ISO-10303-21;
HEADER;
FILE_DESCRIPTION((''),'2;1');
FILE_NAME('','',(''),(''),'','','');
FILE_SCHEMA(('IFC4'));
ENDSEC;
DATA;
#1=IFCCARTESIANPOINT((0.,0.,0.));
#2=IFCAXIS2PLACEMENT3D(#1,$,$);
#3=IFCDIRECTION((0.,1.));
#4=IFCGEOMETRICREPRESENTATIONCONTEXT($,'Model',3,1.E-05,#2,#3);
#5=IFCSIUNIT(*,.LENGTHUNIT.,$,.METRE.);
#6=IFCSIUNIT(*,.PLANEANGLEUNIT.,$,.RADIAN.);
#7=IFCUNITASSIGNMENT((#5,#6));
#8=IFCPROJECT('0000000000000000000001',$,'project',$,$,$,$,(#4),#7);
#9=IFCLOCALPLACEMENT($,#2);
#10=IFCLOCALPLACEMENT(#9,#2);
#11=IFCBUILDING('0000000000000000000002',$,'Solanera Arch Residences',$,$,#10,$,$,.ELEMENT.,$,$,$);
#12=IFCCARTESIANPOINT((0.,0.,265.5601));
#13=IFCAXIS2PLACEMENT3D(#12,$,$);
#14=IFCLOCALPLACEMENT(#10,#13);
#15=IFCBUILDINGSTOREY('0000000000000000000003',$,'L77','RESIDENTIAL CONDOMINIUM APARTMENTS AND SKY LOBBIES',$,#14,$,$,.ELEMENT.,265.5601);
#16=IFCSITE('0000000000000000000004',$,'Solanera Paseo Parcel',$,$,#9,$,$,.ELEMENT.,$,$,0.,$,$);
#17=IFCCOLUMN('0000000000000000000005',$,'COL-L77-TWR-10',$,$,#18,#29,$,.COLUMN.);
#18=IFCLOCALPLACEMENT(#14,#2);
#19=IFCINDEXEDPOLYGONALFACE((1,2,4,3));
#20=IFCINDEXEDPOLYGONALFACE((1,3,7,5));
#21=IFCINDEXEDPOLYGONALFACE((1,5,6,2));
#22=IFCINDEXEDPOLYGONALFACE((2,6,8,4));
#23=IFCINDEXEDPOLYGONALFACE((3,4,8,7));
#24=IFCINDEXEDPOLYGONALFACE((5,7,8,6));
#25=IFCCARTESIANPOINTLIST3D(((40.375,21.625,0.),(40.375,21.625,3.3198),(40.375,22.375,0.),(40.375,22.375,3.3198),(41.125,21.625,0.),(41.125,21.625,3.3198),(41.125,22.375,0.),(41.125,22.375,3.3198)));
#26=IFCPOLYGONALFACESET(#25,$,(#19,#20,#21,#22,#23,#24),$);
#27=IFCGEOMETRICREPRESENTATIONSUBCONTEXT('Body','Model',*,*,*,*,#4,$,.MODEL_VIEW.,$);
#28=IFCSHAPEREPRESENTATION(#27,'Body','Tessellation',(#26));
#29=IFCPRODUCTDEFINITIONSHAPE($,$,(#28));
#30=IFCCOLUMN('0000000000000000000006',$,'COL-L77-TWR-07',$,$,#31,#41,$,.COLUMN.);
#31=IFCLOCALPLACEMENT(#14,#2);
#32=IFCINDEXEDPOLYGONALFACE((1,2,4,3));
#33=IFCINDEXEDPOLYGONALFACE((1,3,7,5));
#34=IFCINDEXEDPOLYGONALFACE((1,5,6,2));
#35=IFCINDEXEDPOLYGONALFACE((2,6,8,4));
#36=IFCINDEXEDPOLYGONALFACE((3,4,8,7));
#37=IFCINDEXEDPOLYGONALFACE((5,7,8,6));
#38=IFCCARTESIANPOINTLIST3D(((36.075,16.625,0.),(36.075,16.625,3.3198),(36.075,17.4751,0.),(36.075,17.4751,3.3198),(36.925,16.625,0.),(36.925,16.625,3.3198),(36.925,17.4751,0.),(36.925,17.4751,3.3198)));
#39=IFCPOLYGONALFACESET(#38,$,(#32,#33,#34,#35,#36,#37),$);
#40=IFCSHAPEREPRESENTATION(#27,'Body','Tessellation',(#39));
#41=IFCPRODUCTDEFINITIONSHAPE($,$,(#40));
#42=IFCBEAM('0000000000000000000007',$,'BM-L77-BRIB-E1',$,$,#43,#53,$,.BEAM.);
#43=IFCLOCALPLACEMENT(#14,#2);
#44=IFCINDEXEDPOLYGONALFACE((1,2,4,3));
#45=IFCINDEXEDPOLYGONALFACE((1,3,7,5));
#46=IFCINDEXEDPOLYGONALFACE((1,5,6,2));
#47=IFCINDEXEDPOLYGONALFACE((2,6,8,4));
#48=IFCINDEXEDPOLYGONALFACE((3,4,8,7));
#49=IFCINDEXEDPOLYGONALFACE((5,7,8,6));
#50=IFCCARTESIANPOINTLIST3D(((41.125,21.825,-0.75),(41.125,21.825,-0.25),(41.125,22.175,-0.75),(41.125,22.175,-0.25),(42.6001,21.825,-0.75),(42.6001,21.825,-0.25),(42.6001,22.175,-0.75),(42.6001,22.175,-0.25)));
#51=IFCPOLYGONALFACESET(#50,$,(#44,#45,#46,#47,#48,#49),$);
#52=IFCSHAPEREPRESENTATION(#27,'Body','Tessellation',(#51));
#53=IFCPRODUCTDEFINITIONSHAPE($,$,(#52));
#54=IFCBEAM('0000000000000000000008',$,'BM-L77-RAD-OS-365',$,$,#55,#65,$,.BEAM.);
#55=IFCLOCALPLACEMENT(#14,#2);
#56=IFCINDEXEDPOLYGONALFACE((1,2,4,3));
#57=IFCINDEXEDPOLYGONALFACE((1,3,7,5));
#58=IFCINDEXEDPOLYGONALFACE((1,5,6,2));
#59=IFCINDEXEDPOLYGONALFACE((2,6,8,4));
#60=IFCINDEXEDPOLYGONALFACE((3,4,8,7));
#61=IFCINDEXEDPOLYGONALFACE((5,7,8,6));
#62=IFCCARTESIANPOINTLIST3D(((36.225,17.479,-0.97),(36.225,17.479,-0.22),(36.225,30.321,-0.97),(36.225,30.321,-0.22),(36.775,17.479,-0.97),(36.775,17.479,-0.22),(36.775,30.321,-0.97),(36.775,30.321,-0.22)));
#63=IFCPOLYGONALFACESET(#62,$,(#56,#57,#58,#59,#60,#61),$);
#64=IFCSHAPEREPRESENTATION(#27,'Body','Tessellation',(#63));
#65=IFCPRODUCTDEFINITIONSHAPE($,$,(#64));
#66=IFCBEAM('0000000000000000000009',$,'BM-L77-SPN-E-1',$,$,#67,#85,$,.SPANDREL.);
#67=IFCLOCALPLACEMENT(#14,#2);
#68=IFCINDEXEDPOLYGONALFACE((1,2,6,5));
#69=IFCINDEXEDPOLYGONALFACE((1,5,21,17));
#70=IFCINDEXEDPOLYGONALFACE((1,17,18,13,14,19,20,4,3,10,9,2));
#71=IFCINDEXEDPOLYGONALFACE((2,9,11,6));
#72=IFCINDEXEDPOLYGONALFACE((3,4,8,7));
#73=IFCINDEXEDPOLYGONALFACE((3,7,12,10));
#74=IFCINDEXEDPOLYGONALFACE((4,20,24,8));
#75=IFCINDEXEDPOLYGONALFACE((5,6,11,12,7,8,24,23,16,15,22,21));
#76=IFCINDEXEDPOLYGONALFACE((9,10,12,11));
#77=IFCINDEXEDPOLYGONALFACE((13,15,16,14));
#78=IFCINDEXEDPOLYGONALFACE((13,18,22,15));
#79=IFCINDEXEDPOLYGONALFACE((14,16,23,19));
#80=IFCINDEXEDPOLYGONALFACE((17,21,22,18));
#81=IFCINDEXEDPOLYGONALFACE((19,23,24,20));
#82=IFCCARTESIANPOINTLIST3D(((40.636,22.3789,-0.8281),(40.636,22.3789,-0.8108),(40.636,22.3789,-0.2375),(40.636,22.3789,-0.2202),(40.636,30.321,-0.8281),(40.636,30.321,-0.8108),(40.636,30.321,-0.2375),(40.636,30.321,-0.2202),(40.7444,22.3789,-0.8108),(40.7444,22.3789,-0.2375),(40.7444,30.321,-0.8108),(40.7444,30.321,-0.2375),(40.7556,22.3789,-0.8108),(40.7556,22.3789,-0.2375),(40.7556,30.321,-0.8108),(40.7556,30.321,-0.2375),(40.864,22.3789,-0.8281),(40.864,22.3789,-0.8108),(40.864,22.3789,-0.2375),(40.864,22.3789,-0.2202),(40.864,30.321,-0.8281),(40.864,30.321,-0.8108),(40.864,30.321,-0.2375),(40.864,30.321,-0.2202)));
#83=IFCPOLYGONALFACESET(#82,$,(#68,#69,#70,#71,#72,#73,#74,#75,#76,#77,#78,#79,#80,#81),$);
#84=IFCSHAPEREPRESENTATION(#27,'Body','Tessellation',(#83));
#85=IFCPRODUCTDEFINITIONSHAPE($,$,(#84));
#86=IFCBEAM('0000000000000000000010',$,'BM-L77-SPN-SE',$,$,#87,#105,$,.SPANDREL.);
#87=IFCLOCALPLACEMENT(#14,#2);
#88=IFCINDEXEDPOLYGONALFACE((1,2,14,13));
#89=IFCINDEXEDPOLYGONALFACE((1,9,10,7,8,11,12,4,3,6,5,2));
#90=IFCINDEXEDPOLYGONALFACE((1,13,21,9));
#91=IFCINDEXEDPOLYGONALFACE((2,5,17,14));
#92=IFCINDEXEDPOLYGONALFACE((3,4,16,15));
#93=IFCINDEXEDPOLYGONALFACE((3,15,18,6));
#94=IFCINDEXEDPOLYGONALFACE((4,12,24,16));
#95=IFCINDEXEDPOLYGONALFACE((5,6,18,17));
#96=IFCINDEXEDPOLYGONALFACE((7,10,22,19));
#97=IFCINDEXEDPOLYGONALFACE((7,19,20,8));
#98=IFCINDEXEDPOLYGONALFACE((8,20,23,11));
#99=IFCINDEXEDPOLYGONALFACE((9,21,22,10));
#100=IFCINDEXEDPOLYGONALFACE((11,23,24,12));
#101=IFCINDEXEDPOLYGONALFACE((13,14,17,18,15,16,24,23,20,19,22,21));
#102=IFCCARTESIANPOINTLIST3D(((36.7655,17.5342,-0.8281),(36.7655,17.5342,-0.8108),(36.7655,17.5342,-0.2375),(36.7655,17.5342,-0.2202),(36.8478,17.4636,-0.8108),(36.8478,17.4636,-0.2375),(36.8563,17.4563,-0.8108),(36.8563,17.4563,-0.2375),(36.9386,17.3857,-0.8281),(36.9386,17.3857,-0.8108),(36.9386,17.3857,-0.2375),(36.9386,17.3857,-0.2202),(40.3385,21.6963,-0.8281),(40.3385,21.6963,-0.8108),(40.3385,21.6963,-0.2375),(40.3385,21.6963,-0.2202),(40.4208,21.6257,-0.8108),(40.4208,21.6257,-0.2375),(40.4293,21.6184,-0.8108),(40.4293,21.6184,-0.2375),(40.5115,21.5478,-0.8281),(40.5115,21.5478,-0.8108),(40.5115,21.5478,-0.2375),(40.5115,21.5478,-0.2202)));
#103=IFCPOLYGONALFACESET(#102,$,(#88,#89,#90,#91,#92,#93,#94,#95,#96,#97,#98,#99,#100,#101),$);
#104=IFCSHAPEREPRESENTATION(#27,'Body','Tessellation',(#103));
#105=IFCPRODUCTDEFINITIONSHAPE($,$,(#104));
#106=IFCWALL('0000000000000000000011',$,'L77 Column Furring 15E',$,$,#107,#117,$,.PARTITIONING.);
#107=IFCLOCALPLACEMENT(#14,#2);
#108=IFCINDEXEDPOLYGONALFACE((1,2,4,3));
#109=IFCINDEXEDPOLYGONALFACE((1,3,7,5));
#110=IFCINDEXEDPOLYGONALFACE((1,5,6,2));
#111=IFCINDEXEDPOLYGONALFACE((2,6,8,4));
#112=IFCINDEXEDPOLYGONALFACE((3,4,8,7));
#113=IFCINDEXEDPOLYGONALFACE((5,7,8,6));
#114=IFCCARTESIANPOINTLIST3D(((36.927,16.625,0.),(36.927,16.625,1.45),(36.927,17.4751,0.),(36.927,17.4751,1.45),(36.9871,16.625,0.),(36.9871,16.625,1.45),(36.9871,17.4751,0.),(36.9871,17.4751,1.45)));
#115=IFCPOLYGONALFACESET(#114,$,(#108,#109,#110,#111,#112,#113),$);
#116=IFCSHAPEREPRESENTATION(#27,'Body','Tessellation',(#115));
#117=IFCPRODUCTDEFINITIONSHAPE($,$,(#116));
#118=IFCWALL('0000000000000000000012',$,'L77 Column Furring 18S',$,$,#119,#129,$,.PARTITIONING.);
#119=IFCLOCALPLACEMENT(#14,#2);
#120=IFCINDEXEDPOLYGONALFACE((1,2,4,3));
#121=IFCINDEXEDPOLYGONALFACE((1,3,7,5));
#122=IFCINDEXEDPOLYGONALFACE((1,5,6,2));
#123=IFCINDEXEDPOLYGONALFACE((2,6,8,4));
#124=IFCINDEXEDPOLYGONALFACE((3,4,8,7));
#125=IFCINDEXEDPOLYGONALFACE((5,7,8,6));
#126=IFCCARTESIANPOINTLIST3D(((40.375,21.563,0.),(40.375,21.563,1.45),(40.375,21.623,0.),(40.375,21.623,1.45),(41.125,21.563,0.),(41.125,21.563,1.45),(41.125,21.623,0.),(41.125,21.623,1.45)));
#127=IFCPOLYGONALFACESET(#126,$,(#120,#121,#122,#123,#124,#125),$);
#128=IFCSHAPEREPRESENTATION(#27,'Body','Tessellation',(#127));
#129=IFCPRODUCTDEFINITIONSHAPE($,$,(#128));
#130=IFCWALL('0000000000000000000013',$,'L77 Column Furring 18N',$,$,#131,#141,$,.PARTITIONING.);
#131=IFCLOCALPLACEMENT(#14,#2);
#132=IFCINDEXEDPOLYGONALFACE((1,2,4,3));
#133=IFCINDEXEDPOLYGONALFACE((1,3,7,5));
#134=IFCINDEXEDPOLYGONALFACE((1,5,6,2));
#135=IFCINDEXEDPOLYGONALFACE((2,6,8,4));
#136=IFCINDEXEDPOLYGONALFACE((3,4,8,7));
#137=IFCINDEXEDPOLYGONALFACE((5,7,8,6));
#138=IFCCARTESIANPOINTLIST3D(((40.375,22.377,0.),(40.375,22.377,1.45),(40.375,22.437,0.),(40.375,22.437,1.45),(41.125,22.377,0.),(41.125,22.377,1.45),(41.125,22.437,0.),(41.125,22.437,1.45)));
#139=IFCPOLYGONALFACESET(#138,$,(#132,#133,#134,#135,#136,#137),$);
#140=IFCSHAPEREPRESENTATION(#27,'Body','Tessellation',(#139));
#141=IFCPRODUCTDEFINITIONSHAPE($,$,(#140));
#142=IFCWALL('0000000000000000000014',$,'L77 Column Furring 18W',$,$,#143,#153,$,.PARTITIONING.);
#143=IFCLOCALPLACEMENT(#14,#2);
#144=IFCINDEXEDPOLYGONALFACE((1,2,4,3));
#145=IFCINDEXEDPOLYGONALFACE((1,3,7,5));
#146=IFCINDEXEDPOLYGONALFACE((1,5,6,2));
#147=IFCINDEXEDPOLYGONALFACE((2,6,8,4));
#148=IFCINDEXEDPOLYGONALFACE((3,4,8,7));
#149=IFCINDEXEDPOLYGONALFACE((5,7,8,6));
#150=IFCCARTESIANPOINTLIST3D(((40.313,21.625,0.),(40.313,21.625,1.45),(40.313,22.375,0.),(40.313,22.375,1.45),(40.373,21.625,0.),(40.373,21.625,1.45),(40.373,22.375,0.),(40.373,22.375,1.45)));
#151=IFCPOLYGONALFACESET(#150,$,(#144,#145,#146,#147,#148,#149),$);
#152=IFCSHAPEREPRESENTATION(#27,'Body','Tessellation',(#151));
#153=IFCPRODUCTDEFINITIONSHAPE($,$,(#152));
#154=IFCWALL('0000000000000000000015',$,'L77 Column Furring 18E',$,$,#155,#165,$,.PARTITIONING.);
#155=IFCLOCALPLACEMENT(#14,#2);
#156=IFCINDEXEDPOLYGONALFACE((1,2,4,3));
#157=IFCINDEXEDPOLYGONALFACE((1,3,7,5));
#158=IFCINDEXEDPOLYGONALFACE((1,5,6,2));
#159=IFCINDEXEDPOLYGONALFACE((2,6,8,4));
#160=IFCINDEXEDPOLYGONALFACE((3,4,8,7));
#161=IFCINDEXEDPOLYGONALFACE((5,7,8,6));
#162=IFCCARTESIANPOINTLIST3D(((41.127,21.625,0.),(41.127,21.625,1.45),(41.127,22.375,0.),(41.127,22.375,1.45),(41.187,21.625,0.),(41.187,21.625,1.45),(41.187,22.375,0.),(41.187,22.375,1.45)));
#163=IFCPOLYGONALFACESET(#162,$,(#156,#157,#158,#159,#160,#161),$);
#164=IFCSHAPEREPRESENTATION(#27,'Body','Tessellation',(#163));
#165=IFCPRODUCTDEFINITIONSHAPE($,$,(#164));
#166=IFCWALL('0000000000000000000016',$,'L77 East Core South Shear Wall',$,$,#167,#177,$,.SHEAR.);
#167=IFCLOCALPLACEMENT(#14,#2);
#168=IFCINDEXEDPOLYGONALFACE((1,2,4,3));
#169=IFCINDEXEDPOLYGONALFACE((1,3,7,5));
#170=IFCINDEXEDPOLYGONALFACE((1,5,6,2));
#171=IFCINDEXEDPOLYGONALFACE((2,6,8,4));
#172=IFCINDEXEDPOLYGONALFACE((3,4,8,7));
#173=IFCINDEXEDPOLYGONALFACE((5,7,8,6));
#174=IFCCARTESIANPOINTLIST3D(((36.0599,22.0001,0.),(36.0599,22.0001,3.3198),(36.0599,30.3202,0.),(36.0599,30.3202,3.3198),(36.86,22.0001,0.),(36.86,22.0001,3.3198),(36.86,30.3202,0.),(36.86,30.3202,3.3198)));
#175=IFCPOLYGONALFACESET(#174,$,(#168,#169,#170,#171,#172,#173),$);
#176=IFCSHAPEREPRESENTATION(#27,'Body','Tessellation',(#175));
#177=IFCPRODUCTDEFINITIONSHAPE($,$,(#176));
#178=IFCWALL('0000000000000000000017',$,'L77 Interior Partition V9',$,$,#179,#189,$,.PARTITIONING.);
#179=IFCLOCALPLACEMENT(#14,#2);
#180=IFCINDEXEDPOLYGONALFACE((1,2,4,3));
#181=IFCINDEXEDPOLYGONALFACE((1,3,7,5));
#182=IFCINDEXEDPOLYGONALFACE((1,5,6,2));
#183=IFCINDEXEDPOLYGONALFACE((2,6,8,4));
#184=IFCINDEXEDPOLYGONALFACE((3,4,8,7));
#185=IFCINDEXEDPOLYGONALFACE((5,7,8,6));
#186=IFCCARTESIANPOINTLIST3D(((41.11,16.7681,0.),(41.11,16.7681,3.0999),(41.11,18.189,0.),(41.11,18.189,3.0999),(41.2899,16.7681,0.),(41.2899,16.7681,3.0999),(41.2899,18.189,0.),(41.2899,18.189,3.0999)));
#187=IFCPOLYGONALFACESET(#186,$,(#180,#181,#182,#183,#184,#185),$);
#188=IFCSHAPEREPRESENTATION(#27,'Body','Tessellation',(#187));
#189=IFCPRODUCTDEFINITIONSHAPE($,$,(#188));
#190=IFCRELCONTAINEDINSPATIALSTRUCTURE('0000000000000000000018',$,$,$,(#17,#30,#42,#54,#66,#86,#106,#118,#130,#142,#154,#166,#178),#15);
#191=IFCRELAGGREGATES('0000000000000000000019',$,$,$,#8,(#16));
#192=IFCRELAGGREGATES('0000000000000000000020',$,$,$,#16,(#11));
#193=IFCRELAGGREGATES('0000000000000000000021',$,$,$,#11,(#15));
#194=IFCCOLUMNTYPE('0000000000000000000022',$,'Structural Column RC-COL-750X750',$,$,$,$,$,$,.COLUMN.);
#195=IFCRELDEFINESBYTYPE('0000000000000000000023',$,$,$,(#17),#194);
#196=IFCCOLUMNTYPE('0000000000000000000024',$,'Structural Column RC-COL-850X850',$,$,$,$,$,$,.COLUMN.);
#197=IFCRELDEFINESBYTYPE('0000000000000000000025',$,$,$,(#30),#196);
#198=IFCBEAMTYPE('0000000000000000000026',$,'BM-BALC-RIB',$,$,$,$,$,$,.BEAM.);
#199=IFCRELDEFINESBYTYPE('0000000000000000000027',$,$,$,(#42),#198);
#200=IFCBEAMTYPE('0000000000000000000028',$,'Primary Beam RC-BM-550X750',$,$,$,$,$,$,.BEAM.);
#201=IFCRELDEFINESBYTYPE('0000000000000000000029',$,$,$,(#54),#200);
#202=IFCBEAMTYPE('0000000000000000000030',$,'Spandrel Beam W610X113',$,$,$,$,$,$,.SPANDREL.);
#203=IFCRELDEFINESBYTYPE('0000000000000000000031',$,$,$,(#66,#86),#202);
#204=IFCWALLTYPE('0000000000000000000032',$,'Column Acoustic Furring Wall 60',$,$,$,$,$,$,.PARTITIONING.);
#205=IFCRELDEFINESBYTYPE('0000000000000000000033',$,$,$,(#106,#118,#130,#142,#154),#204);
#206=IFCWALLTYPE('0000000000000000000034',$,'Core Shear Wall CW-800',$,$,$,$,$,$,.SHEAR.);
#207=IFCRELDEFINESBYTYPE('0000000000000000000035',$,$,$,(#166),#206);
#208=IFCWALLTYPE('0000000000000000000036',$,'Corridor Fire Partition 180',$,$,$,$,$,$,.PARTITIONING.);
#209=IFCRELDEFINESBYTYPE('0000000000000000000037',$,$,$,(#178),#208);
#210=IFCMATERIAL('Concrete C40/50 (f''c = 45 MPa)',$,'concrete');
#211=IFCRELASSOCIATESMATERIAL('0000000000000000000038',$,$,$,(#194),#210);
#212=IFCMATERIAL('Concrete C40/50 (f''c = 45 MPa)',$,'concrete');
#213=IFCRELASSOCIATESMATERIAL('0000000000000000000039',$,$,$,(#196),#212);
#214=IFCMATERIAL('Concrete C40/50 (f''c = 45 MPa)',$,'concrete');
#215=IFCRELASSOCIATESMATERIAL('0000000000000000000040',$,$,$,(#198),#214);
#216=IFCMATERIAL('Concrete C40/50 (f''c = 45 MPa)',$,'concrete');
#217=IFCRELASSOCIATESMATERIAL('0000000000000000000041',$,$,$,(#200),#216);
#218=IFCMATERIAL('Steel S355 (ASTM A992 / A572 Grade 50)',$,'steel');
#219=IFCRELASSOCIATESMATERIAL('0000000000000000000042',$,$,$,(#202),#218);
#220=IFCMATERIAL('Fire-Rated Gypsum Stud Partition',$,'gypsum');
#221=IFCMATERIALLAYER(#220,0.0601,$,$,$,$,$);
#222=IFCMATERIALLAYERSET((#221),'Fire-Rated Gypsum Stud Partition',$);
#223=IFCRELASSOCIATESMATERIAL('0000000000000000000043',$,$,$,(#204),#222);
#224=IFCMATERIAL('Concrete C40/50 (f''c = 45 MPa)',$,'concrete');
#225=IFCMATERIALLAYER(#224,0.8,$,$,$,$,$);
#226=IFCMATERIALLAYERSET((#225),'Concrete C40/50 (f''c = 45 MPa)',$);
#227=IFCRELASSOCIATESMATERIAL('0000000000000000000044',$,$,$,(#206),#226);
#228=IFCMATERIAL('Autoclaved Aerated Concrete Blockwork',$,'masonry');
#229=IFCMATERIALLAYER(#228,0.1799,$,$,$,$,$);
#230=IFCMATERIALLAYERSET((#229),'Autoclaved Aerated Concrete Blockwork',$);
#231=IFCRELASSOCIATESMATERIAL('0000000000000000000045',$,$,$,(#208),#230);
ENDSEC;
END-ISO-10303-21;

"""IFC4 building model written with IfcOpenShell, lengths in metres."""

from ifc_helpers import new_model, si_unit, direction, frame, frame_2d, origin, origin_2d, place, context, subcontext, project, spatial, rectangle, i_section, extrude, material, layer, layer_set, material_profile, profile_set, type_object, element, save


model = new_model("IFC4")

# Units and contexts
model_context = context("Model", 3, precision=1e-05, world=origin(), true_north=direction((0.0, 1.0)))
body_context = subcontext(model_context, "Body", "Model", "MODEL_VIEW")
ifc_project = project(units=[si_unit("LENGTHUNIT", "METRE"), si_unit("PLANEANGLEUNIT", "RADIAN")], contexts=[model_context])

# Site, building, storey
site_placement = place(None, origin())
site = spatial("IfcSite", under=ifc_project, at=site_placement, Name="Solanera Paseo Parcel", CompositionType="ELEMENT", RefElevation=0.0)
building_placement = place(site_placement, origin())
building = spatial("IfcBuilding", under=site, at=building_placement, Name="Solanera Arch Residences", CompositionType="ELEMENT")
storey_placement = place(building_placement, frame((0.0, 0.0, 265.5601)))
storey = spatial("IfcBuildingStorey", under=building, at=storey_placement, Name="L77", Description="RESIDENTIAL CONDOMINIUM APARTMENTS AND SKY LOBBIES", CompositionType="ELEMENT", Elevation=265.5601)

# Columns
ifc_material_1 = material(Name="Concrete C40/50 (f'c = 45 MPa)", Category="concrete")
ifc_material_profile_1 = material_profile(ifc_material_1, rectangle(XDim=0.75, YDim=0.75, at=origin_2d()))
ifc_profile_set_1 = profile_set([ifc_material_profile_1], Name="Concrete C40/50 (f'c = 45 MPa)")
column_type_1 = type_object("IfcColumnType", Name="Structural Column RC-COL-750X750", PredefinedType="COLUMN", material=ifc_profile_set_1)
column_1_placement = place(storey_placement, frame((40.75, 22.0, 0.0), z_axis=(0.0, 0.0, 1.0), x_axis=(1.0, 0.0, 0.0)))
element("IfcColumn", 1, at=column_1_placement, inside=storey, type_object=column_type_1, Name="COL-L77-TWR-10", PredefinedType="COLUMN", context=body_context, shape_type="SweptSolid", body=[
    extrude(rectangle(XDim=0.75, YDim=0.75, at=origin_2d()), origin(), (0.0, 0.0, 1.0), 3.3198),
])
ifc_material_2 = material(Name="Concrete C40/50 (f'c = 45 MPa)", Category="concrete")
ifc_material_profile_2 = material_profile(ifc_material_2, rectangle(XDim=0.8501, YDim=0.8501, at=origin_2d()))
ifc_profile_set_2 = profile_set([ifc_material_profile_2], Name="Concrete C40/50 (f'c = 45 MPa)")
column_type_2 = type_object("IfcColumnType", Name="Structural Column RC-COL-850X850", PredefinedType="COLUMN", material=ifc_profile_set_2)
column_2_placement = place(storey_placement, frame((36.5, 17.05, 0.0), z_axis=(0.0, 0.0, 1.0), x_axis=(1.0, 0.0, 0.0)))
element("IfcColumn", 2, at=column_2_placement, inside=storey, type_object=column_type_2, Name="COL-L77-TWR-07", PredefinedType="COLUMN", context=body_context, shape_type="SweptSolid", body=[
    extrude(rectangle(XDim=0.8501, YDim=0.8501, at=origin_2d()), origin(), (0.0, 0.0, 1.0), 3.3198),
])

# Beams
ifc_material_3 = material(Name="Concrete C40/50 (f'c = 45 MPa)", Category="concrete")
ifc_material_profile_3 = material_profile(ifc_material_3, rectangle(XDim=0.3501, YDim=0.5, at=origin_2d()))
ifc_profile_set_3 = profile_set([ifc_material_profile_3], Name="Concrete C40/50 (f'c = 45 MPa)")
beam_type_1 = type_object("IfcBeamType", Name="BM-BALC-RIB", PredefinedType="BEAM", material=ifc_profile_set_3)
beam_1_placement = place(storey_placement, frame((41.125, 22.0, -0.5), z_axis=(1.0, 0.0, 0.0), x_axis=(0.0, 1.0, 0.0)))
element("IfcBeam", 3, at=beam_1_placement, inside=storey, type_object=beam_type_1, Name="BM-L77-BRIB-E1", PredefinedType="BEAM", context=body_context, shape_type="SweptSolid", body=[
    extrude(rectangle(XDim=0.3501, YDim=0.5, at=origin_2d()), origin(), (0.0, 0.0, 1.0), 1.4751),
])
ifc_material_4 = material(Name="Concrete C40/50 (f'c = 45 MPa)", Category="concrete")
ifc_material_profile_4 = material_profile(ifc_material_4, rectangle(XDim=0.55, YDim=0.75, at=origin_2d()))
ifc_profile_set_4 = profile_set([ifc_material_profile_4], Name="Concrete C40/50 (f'c = 45 MPa)")
beam_type_2 = type_object("IfcBeamType", Name="Primary Beam RC-BM-550X750", PredefinedType="BEAM", material=ifc_profile_set_4)
beam_2_placement = place(storey_placement, frame((36.5, 17.479, -0.595), z_axis=(0.0, 1.0, 0.0), x_axis=(-1.0, 0.0, 0.0)))
element("IfcBeam", 4, at=beam_2_placement, inside=storey, type_object=beam_type_2, Name="BM-L77-RAD-OS-365", PredefinedType="BEAM", context=body_context, shape_type="SweptSolid", body=[
    extrude(rectangle(XDim=0.55, YDim=0.75, at=origin_2d()), origin(), (0.0, 0.0, 1.0), 12.842),
])
ifc_material_5 = material(Name="Steel S355 (ASTM A992 / A572 Grade 50)", Category="steel")
ifc_material_profile_5 = material_profile(ifc_material_5, i_section(OverallWidth=0.228, OverallDepth=0.6079, WebThickness=0.0112, FlangeThickness=0.0173, at=origin_2d()))
ifc_profile_set_5 = profile_set([ifc_material_profile_5], Name="Steel S355 (ASTM A992 / A572 Grade 50)")
beam_type_3 = type_object("IfcBeamType", Name="Spandrel Beam W610X113", PredefinedType="SPANDREL", material=ifc_profile_set_5)
beam_3_placement = place(storey_placement, frame((40.75, 22.3789, -0.5242), z_axis=(0.0, 1.0, 0.0), x_axis=(-1.0, 0.0, 0.0)))
element("IfcBeam", 5, at=beam_3_placement, inside=storey, type_object=beam_type_3, Name="BM-L77-SPN-E-1", PredefinedType="SPANDREL", context=body_context, shape_type="SweptSolid", body=[
    extrude(i_section(OverallWidth=0.228, OverallDepth=0.6079, WebThickness=0.0112, FlangeThickness=0.0173, at=origin_2d()), origin(), (0.0, 0.0, 1.0), 7.9421),
])
beam_4_placement = place(storey_placement, frame((36.8521, 17.46, -0.5242), z_axis=(0.651367, 0.758763, 0.0), x_axis=(-0.758763, 0.651367, 0.0)))
element("IfcBeam", 6, at=beam_4_placement, inside=storey, type_object=beam_type_3, Name="BM-L77-SPN-SE", PredefinedType="SPANDREL", context=body_context, shape_type="SweptSolid", body=[
    extrude(i_section(OverallWidth=0.228, OverallDepth=0.6079, WebThickness=0.0112, FlangeThickness=0.0173, at=origin_2d()), origin(), (0.0, 0.0, 1.0), 5.4854),
])

# Walls
ifc_material_6 = material(Name="Fire-Rated Gypsum Stud Partition", Category="gypsum")
ifc_layer_1 = layer(ifc_material_6, 0.0601)
ifc_layer_set_1 = layer_set([ifc_layer_1], Name="Fire-Rated Gypsum Stud Partition")
wall_type_1 = type_object("IfcWallType", Name="Column Acoustic Furring Wall 60", PredefinedType="PARTITIONING", material=ifc_layer_set_1)
wall_1_placement = place(storey_placement, frame((36.957, 16.625, 0.0), z_axis=(0.0, 0.0, 1.0), x_axis=(0.0, 1.0, 0.0)))
element("IfcWall", 7, at=wall_1_placement, inside=storey, type_object=wall_type_1, Name="L77 Column Furring 15E", PredefinedType="PARTITIONING", context=body_context, shape_type="SweptSolid", body=[
    extrude(rectangle(XDim=0.8501, YDim=0.0601, at=frame_2d((0.425, 0.0))), origin(), (0.0, 0.0, 1.0), 1.45),
])
for number, where, z_axis, x_axis, name in (
    (8, (40.375, 21.593, 0.0), (0.0, 0.0, 1.0), (1.0, 0.0, 0.0), "L77 Column Furring 18S"),
    (9, (40.375, 22.407, 0.0), (0.0, 0.0, 1.0), (1.0, 0.0, 0.0), "L77 Column Furring 18N"),
    (10, (40.343, 21.625, 0.0), (0.0, 0.0, 1.0), (0.0, 1.0, 0.0), "L77 Column Furring 18W"),
    (11, (41.157, 21.625, 0.0), (0.0, 0.0, 1.0), (0.0, 1.0, 0.0), "L77 Column Furring 18E"),
):
    element("IfcWall", number, at=place(storey_placement, frame(where, z_axis=z_axis, x_axis=x_axis)), inside=storey, type_object=wall_type_1, Name=name, PredefinedType="PARTITIONING", context=body_context, shape_type="SweptSolid", body=[
        extrude(rectangle(XDim=0.75, YDim=0.0601, at=frame_2d((0.375, 0.0))), origin(), (0.0, 0.0, 1.0), 1.45),
    ])
ifc_material_7 = material(Name="Concrete C40/50 (f'c = 45 MPa)", Category="concrete")
ifc_layer_2 = layer(ifc_material_7, 0.8)
ifc_layer_set_2 = layer_set([ifc_layer_2], Name="Concrete C40/50 (f'c = 45 MPa)")
wall_type_2 = type_object("IfcWallType", Name="Core Shear Wall CW-800", PredefinedType="SHEAR", material=ifc_layer_set_2)
wall_2_placement = place(storey_placement, frame((36.46, 22.0, 0.0), z_axis=(0.0, 0.0, 1.0), x_axis=(0.0, 1.0, 0.0)))
element("IfcWall", 12, at=wall_2_placement, inside=storey, type_object=wall_type_2, Name="L77 East Core South Shear Wall", PredefinedType="SHEAR", context=body_context, shape_type="SweptSolid", body=[
    extrude(rectangle(XDim=8.3201, YDim=0.8, at=frame_2d((4.1602, 0.0))), origin(), (0.0, 0.0, 1.0), 3.3198),
])
ifc_material_8 = material(Name="Autoclaved Aerated Concrete Blockwork", Category="masonry")
ifc_layer_3 = layer(ifc_material_8, 0.1799)
ifc_layer_set_3 = layer_set([ifc_layer_3], Name="Autoclaved Aerated Concrete Blockwork")
wall_type_3 = type_object("IfcWallType", Name="Corridor Fire Partition 180", PredefinedType="PARTITIONING", material=ifc_layer_set_3)
wall_3_placement = place(storey_placement, frame((41.2, 16.7681, 0.0), z_axis=(0.0, 0.0, 1.0), x_axis=(0.0, 1.0, 0.0)))
element("IfcWall", 13, at=wall_3_placement, inside=storey, type_object=wall_type_3, Name="L77 Interior Partition V9", PredefinedType="PARTITIONING", context=body_context, shape_type="SweptSolid", body=[
    extrude(rectangle(XDim=1.4209, YDim=0.1799, at=frame_2d((0.7104, 0.0))), origin(), (0.0, 0.0, 1.0), 3.0999),
])

save(model, "model.ifc")
